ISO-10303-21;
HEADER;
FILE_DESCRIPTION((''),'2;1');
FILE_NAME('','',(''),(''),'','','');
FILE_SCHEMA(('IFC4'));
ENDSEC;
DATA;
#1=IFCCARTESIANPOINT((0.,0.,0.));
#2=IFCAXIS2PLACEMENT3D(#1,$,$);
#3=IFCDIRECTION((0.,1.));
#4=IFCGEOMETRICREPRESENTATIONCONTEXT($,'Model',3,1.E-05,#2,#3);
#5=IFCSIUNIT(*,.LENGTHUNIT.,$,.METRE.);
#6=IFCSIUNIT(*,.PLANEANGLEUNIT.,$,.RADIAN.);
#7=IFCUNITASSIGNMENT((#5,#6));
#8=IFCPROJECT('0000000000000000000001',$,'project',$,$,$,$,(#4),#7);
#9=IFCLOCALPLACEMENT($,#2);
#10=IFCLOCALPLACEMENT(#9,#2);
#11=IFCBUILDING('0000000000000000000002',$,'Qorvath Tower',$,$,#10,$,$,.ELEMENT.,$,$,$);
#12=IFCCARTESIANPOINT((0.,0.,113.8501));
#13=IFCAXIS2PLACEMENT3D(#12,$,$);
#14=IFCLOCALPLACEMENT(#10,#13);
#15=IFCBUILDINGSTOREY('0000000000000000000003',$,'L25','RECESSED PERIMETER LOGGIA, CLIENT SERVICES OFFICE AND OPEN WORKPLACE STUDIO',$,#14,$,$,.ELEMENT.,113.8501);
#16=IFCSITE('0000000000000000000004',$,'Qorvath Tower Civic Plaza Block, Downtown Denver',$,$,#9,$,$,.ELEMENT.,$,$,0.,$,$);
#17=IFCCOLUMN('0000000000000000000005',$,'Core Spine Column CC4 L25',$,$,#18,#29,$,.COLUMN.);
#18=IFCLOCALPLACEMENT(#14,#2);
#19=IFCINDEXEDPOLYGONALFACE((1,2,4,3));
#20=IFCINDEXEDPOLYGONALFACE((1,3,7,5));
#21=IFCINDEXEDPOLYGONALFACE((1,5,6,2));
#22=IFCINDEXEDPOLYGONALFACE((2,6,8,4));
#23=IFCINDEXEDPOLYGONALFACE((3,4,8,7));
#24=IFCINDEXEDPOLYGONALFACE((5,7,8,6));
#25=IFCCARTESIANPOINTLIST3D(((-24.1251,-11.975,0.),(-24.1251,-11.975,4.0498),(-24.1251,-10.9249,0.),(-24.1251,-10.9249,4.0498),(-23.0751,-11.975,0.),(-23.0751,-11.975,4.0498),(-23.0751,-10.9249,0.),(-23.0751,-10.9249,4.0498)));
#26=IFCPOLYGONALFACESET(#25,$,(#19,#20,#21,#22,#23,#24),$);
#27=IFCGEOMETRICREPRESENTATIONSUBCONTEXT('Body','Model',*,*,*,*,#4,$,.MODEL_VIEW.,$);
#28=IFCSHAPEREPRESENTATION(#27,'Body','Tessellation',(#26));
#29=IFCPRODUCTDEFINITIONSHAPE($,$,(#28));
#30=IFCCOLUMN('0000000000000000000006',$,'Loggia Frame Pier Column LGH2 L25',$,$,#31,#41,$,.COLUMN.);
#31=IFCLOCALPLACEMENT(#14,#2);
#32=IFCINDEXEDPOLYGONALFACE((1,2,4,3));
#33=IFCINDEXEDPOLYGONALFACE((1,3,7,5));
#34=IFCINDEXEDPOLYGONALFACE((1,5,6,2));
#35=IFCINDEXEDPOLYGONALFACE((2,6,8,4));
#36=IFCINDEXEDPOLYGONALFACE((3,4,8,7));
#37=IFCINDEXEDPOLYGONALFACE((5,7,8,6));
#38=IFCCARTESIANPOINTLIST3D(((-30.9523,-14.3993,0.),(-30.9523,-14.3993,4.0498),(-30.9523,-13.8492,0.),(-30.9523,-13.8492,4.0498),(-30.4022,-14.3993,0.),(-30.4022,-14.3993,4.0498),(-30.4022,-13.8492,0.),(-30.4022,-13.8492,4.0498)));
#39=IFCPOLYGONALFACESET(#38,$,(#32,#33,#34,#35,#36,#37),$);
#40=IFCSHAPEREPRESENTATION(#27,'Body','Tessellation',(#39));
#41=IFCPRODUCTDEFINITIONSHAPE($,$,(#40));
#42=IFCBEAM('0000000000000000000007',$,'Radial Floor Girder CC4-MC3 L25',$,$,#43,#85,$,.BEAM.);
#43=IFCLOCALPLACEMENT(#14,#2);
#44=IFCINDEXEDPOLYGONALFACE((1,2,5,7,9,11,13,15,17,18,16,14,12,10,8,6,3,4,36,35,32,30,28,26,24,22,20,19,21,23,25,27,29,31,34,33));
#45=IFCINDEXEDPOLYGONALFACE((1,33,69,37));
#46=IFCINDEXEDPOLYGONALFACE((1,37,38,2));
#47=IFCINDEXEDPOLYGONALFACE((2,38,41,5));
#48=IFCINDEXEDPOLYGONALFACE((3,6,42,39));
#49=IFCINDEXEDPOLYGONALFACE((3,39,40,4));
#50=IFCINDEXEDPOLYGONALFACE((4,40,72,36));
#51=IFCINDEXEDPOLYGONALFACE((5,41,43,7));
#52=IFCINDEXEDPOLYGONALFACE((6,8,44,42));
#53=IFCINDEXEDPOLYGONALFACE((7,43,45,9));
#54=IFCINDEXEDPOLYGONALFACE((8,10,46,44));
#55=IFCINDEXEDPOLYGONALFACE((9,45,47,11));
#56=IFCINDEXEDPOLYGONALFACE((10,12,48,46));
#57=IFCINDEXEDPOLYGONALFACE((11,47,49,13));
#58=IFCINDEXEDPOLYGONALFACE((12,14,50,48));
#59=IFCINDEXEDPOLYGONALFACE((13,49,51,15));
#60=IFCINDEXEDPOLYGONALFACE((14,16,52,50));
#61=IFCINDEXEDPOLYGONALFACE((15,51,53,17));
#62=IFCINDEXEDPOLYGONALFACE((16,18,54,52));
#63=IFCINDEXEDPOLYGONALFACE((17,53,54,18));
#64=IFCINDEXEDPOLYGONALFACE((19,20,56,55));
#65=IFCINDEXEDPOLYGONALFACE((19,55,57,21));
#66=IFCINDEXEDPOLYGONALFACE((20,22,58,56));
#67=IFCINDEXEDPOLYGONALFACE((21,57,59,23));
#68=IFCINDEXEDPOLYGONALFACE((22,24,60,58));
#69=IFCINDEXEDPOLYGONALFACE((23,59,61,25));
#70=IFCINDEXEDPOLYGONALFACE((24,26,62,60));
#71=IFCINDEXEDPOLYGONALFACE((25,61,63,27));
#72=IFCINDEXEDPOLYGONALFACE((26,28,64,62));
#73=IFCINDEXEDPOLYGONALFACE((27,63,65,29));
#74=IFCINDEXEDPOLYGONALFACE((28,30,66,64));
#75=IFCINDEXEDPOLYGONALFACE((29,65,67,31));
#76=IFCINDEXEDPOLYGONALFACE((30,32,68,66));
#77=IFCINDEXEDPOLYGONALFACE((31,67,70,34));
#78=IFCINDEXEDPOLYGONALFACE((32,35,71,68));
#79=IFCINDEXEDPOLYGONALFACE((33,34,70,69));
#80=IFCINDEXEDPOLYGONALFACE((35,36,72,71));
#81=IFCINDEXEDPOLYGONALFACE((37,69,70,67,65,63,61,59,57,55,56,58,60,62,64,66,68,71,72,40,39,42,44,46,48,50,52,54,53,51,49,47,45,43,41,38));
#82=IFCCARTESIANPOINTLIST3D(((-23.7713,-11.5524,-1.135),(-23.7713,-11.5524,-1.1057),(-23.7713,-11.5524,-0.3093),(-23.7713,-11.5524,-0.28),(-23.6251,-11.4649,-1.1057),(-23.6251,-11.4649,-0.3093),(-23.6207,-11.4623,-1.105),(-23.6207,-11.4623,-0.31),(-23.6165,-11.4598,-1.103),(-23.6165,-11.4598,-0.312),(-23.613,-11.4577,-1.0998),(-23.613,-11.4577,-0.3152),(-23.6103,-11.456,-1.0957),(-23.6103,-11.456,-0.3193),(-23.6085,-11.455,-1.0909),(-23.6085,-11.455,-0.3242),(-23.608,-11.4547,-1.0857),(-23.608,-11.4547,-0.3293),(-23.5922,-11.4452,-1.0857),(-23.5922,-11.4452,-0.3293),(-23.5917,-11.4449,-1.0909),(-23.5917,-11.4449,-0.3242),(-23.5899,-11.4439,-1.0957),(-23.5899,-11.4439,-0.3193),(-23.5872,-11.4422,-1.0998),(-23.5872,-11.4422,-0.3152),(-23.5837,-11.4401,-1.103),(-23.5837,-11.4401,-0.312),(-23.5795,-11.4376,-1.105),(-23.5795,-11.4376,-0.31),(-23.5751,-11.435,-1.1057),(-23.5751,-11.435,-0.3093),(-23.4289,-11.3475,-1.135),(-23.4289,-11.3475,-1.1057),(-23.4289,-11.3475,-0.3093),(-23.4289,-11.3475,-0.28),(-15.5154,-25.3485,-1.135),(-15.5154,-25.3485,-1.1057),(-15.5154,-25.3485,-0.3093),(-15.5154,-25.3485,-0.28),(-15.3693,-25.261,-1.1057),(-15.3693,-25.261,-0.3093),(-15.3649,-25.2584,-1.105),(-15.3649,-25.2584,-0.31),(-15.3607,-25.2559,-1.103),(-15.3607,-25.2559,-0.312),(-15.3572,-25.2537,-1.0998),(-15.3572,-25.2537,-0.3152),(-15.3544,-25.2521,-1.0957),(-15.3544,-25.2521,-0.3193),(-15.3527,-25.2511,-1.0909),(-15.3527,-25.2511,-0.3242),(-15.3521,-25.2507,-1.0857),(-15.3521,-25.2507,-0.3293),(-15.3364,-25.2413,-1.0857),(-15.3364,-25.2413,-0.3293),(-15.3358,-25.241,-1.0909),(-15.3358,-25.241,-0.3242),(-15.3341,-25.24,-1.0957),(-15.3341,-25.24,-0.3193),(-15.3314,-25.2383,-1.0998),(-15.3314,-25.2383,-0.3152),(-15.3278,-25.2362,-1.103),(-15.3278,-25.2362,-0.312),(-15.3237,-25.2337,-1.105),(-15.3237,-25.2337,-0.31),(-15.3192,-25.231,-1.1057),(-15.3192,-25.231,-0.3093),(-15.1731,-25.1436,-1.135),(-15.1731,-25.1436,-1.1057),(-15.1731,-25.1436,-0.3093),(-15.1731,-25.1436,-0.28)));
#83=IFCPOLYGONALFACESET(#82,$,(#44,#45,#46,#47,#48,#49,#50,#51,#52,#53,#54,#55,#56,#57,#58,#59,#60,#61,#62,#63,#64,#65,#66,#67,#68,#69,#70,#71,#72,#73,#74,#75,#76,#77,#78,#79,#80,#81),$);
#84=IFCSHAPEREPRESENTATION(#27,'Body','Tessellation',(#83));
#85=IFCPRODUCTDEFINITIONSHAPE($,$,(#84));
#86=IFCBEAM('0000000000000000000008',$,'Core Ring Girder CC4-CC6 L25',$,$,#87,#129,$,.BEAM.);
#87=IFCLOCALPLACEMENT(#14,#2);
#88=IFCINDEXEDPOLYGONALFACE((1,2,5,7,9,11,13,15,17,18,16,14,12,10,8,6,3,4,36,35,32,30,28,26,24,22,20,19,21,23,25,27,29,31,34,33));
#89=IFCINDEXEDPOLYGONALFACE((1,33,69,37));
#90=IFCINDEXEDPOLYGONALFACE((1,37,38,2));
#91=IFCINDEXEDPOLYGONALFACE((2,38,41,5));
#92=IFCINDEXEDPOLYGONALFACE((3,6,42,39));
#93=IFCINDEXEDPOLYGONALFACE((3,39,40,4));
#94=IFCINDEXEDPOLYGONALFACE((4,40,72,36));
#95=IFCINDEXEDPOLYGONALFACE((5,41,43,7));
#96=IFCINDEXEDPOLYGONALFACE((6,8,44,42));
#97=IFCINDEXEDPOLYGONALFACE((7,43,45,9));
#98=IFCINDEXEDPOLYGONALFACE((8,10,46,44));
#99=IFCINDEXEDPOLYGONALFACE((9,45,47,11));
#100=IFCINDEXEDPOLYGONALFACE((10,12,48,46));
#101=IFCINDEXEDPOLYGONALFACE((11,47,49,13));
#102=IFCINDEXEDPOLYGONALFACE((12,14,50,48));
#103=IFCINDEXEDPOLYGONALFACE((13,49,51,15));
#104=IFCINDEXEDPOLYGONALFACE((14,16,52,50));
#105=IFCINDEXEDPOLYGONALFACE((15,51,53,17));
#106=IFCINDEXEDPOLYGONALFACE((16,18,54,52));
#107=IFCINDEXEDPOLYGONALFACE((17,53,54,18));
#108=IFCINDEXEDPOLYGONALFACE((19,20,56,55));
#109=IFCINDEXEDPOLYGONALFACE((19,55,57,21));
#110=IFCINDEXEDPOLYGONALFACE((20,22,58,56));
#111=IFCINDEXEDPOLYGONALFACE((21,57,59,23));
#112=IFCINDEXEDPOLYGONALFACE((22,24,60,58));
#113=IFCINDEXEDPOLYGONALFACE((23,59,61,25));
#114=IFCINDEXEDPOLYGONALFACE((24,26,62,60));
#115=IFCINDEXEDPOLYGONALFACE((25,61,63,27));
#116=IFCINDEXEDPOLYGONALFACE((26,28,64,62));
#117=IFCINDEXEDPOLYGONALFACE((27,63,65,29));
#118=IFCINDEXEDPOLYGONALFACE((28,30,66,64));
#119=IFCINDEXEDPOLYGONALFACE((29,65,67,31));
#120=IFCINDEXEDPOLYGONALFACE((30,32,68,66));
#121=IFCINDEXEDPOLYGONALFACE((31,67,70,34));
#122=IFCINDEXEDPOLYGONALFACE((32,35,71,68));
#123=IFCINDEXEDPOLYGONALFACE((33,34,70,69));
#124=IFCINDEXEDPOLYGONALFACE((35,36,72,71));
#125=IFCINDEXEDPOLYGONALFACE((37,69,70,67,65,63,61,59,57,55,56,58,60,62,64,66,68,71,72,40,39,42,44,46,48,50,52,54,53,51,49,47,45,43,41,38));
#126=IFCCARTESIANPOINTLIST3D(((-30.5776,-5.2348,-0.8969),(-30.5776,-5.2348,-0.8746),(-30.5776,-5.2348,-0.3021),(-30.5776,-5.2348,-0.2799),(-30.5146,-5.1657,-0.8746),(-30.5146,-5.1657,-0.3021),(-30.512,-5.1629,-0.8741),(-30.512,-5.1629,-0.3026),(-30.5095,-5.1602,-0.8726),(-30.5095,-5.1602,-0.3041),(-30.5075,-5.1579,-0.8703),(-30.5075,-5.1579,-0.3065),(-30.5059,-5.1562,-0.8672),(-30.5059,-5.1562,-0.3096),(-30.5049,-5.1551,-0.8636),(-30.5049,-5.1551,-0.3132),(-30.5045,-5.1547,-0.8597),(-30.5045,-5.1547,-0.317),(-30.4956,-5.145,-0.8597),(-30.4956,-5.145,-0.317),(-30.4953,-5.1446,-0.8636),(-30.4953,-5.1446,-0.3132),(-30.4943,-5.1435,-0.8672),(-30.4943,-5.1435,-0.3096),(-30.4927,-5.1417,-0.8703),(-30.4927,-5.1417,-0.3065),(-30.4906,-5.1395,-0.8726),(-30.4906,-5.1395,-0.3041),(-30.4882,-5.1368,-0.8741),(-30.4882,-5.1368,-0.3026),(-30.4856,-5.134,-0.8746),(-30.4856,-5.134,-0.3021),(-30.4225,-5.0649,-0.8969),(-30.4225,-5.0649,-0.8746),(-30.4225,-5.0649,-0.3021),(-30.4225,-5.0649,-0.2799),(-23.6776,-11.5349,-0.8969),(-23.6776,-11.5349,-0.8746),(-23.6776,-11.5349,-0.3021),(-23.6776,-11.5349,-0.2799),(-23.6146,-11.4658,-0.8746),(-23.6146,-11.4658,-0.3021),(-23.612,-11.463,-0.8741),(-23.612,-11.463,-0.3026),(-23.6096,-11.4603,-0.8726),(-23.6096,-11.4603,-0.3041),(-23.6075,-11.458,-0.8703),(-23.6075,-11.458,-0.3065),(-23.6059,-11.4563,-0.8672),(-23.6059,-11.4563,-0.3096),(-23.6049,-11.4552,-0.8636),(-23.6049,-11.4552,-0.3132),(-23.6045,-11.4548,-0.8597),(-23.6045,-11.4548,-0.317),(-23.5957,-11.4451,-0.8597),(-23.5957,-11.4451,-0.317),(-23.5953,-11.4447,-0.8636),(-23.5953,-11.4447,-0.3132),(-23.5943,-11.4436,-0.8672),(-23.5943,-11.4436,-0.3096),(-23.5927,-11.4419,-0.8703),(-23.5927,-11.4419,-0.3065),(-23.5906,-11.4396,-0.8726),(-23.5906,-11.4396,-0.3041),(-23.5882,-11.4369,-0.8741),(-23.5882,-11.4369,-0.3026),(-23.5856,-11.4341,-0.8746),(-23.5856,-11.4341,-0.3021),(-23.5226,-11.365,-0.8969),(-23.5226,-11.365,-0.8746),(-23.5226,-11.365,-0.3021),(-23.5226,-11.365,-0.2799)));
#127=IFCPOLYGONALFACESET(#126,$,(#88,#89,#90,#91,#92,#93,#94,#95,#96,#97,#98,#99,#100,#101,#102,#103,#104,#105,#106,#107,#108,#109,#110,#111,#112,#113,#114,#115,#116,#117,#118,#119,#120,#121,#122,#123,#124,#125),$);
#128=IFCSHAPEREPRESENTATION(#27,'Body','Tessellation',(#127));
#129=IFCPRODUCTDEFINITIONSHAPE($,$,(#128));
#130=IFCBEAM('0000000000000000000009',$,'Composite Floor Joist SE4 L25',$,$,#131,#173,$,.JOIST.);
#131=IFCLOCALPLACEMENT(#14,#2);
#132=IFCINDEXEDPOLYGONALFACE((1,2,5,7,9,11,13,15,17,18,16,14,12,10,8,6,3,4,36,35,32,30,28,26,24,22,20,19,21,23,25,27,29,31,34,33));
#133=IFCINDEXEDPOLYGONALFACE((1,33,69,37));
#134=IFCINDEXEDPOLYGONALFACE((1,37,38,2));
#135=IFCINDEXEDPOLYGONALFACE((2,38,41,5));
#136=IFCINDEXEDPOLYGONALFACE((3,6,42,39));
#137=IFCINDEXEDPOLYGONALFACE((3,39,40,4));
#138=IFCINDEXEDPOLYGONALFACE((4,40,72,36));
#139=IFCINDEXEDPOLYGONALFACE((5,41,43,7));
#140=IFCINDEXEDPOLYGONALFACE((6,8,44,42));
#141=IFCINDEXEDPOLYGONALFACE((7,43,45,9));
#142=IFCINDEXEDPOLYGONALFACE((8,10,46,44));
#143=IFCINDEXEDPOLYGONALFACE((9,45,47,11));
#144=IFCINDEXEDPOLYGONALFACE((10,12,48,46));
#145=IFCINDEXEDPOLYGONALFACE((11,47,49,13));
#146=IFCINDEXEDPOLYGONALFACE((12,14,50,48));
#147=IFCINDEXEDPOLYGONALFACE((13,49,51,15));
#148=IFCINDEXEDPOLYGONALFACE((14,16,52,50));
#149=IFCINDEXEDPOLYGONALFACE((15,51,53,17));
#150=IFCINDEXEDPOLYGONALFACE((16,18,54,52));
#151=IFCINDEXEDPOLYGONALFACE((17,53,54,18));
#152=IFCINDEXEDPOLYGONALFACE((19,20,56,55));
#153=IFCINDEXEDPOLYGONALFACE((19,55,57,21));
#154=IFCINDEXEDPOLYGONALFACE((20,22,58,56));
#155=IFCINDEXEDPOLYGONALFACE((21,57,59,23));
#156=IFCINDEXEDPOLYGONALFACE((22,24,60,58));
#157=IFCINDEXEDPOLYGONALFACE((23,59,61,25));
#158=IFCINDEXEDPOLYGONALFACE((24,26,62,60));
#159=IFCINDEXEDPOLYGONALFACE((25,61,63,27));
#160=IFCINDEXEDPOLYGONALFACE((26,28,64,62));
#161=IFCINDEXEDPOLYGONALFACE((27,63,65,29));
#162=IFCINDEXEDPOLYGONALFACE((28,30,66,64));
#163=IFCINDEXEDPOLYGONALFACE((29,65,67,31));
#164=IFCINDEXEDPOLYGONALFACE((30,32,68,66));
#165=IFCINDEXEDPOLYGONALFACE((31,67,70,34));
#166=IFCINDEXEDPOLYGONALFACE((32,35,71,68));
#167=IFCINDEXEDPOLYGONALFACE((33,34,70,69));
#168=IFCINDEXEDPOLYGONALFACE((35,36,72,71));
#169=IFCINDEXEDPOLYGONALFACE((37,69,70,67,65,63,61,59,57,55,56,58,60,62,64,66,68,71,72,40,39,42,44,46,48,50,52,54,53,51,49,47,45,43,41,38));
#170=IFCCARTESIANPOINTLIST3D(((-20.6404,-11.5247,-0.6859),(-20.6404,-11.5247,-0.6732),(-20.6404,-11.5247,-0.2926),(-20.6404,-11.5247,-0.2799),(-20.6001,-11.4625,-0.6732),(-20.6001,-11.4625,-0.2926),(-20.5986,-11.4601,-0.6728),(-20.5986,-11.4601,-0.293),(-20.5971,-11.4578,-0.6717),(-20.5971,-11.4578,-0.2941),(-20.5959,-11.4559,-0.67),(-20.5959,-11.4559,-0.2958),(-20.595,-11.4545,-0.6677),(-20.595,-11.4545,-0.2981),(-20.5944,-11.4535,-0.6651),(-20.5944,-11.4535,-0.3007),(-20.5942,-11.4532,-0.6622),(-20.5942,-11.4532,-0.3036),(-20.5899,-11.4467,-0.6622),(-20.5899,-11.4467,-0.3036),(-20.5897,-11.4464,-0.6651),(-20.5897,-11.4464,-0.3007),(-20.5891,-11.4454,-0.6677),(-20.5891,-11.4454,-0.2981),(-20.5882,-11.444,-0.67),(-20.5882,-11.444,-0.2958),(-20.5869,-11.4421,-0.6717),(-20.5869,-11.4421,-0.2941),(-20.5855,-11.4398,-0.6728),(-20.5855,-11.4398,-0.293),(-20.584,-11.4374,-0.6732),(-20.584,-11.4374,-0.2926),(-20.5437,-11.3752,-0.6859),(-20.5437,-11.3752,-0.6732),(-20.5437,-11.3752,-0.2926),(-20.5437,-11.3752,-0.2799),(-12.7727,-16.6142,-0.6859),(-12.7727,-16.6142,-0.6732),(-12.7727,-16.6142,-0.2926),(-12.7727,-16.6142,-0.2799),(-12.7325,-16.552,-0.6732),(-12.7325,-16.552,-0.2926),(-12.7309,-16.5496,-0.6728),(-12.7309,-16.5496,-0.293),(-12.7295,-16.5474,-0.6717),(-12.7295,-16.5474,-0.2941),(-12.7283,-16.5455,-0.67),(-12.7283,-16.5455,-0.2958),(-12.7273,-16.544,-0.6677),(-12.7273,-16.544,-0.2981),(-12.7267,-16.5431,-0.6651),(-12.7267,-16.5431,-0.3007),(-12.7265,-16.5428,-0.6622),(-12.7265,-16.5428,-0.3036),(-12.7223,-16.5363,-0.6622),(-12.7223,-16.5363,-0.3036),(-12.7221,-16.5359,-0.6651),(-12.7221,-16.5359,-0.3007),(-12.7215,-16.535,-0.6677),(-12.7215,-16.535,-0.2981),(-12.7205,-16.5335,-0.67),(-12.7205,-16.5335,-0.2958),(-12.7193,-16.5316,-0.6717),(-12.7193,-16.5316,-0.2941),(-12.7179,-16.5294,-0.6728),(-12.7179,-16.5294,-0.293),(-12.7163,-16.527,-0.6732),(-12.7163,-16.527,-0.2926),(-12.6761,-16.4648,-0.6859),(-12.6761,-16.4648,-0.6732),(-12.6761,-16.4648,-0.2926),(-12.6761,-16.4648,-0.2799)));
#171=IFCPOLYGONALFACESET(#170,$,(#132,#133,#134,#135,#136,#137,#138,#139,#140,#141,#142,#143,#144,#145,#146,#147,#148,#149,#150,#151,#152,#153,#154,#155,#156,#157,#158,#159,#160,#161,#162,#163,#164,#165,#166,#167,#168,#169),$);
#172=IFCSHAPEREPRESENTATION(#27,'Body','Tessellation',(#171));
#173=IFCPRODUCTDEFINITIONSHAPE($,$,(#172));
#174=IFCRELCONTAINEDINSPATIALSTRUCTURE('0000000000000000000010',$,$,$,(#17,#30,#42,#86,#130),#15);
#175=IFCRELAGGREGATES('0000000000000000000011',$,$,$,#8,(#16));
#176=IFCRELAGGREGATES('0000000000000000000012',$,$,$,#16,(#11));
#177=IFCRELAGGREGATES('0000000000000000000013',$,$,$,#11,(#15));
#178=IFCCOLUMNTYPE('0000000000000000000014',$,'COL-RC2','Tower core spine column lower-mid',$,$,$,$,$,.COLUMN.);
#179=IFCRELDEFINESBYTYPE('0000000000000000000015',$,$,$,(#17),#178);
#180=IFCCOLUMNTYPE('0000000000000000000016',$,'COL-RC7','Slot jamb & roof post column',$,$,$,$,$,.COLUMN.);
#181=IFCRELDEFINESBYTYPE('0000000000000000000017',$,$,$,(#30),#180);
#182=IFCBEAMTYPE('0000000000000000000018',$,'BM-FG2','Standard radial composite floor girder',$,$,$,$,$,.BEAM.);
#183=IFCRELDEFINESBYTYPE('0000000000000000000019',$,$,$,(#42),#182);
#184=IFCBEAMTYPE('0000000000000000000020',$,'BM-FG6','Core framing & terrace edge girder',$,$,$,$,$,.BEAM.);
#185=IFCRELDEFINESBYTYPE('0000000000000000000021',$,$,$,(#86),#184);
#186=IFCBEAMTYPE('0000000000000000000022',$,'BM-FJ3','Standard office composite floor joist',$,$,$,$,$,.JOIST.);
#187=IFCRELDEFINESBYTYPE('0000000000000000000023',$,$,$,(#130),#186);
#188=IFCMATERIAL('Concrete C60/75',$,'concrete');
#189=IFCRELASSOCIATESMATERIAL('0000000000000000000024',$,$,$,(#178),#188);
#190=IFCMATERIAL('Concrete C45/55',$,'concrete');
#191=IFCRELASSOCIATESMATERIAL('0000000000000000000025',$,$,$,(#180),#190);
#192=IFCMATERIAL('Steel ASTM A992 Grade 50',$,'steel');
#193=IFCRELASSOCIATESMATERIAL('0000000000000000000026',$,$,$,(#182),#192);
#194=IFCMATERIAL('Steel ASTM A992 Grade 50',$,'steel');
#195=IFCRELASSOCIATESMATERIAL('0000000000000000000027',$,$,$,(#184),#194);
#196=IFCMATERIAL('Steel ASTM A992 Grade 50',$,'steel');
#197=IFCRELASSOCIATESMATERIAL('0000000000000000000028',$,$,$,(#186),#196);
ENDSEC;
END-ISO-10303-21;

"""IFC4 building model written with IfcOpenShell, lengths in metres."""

from ifc_helpers import new_model, si_unit, direction, frame, origin, origin_2d, place, context, subcontext, project, spatial, rectangle, i_section, extrude, material, material_profile, profile_set, type_object, element, save


model = new_model("IFC4")

# Units and contexts
model_context = context("Model", 3, precision=1e-05, world=origin(), true_north=direction((0.0, 1.0)))
body_context = subcontext(model_context, "Body", "Model", "MODEL_VIEW")
ifc_project = project(units=[si_unit("LENGTHUNIT", "METRE"), si_unit("PLANEANGLEUNIT", "RADIAN")], contexts=[model_context])

# Site, building, storey
site_placement = place(None, origin())
site = spatial("IfcSite", under=ifc_project, at=site_placement, Name="Qorvath Tower Civic Plaza Block, Downtown Denver", CompositionType="ELEMENT", RefElevation=0.0)
building_placement = place(site_placement, origin())
building = spatial("IfcBuilding", under=site, at=building_placement, Name="Qorvath Tower", CompositionType="ELEMENT")
storey_placement = place(building_placement, frame((0.0, 0.0, 113.8501)))
storey = spatial("IfcBuildingStorey", under=building, at=storey_placement, Name="L25", Description="RECESSED PERIMETER LOGGIA, CLIENT SERVICES OFFICE AND OPEN WORKPLACE STUDIO", CompositionType="ELEMENT", Elevation=113.8501)

# Columns
ifc_material_1 = material(Name="Concrete C60/75", Category="concrete")
ifc_material_profile_1 = material_profile(ifc_material_1, rectangle(XDim=1.05, YDim=1.05, at=origin_2d()), Name="RC 1050x1050")
ifc_profile_set_1 = profile_set([ifc_material_profile_1], Name="Concrete C60/75")
column_type_1 = type_object("IfcColumnType", Name="COL-RC2", Description="Tower core spine column lower-mid", PredefinedType="COLUMN", material=ifc_profile_set_1)
column_1_placement = place(storey_placement, frame((-23.6001, -11.45, 0.0), z_axis=(0.0, 0.0, 1.0), x_axis=(1.0, 0.0, 0.0)))
element("IfcColumn", 1, at=column_1_placement, inside=storey, type_object=column_type_1, Name="Core Spine Column CC4 L25", PredefinedType="COLUMN", context=body_context, shape_type="SweptSolid", body=[
    extrude(rectangle(XDim=1.05, YDim=1.05, at=origin_2d()), origin(), (0.0, 0.0, 1.0), 4.0498),
])
ifc_material_2 = material(Name="Concrete C45/55", Category="concrete")
ifc_material_profile_2 = material_profile(ifc_material_2, rectangle(XDim=0.55, YDim=0.55, at=origin_2d()), Name="RC 550x550")
ifc_profile_set_2 = profile_set([ifc_material_profile_2], Name="Concrete C45/55")
column_type_2 = type_object("IfcColumnType", Name="COL-RC7", Description="Slot jamb & roof post column", PredefinedType="COLUMN", material=ifc_profile_set_2)
column_2_placement = place(storey_placement, frame((-30.6772, -14.1243, 0.0), z_axis=(0.0, 0.0, 1.0), x_axis=(1.0, 0.0, 0.0)))
element("IfcColumn", 2, at=column_2_placement, inside=storey, type_object=column_type_2, Name="Loggia Frame Pier Column LGH2 L25", PredefinedType="COLUMN", context=body_context, shape_type="SweptSolid", body=[
    extrude(rectangle(XDim=0.55, YDim=0.55, at=origin_2d()), origin(), (0.0, 0.0, 1.0), 4.0498),
])

# Beams
ifc_material_3 = material(Name="Steel ASTM A992 Grade 50", Category="steel")
ifc_material_profile_3 = material_profile(ifc_material_3, i_section(OverallWidth=0.3989, OverallDepth=0.855, WebThickness=0.0183, FlangeThickness=0.0293, FilletRadius=0.02, at=origin_2d()), Name="W33x201")
ifc_profile_set_3 = profile_set([ifc_material_profile_3], Name="Steel ASTM A992 Grade 50")
beam_type_1 = type_object("IfcBeamType", Name="BM-FG2", Description="Standard radial composite floor girder", PredefinedType="BEAM", material=ifc_profile_set_3)
beam_1_placement = place(storey_placement, frame((-23.6001, -11.45, -0.7075), z_axis=(0.513497, -0.858091, 0.0), x_axis=(0.858091, 0.513497, 0.0)))
element("IfcBeam", 3, at=beam_1_placement, inside=storey, type_object=beam_type_1, Name="Radial Floor Girder CC4-MC3 L25", PredefinedType="BEAM", context=body_context, shape_type="SweptSolid", body=[
    extrude(i_section(OverallWidth=0.3989, OverallDepth=0.855, WebThickness=0.0183, FlangeThickness=0.0293, FilletRadius=0.02, at=origin_2d()), origin(), (0.0, 0.0, 1.0), 16.0776),
])
ifc_material_4 = material(Name="Steel ASTM A992 Grade 50", Category="steel")
ifc_material_profile_4 = material_profile(ifc_material_4, i_section(OverallWidth=0.23, OverallDepth=0.6169, WebThickness=0.0132, FlangeThickness=0.0222, FilletRadius=0.0149, at=origin_2d()), Name="W24x94")
ifc_profile_set_4 = profile_set([ifc_material_profile_4], Name="Steel ASTM A992 Grade 50")
beam_type_2 = type_object("IfcBeamType", Name="BM-FG6", Description="Core framing & terrace edge girder", PredefinedType="BEAM", material=ifc_profile_set_4)
beam_2_placement = place(storey_placement, frame((-23.6001, -11.45, -0.5884), z_axis=(-0.738478, 0.674277, 0.0), x_axis=(-0.674277, -0.738478, 0.0)))
element("IfcBeam", 4, at=beam_2_placement, inside=storey, type_object=beam_type_2, Name="Core Ring Girder CC4-CC6 L25", PredefinedType="BEAM", context=body_context, shape_type="SweptSolid", body=[
    extrude(i_section(OverallWidth=0.23, OverallDepth=0.6169, WebThickness=0.0132, FlangeThickness=0.0222, FilletRadius=0.0149, at=origin_2d()), origin(), (0.0, 0.0, 1.0), 9.3435),
])
ifc_material_5 = material(Name="Steel ASTM A992 Grade 50", Category="steel")
ifc_material_profile_5 = material_profile(ifc_material_5, i_section(OverallWidth=0.178, OverallDepth=0.406, WebThickness=0.0078, FlangeThickness=0.0127, FilletRadius=0.011, at=origin_2d()), Name="W16x40")
ifc_profile_set_5 = profile_set([ifc_material_profile_5], Name="Steel ASTM A992 Grade 50")
beam_type_3 = type_object("IfcBeamType", Name="BM-FJ3", Description="Standard office composite floor joist", PredefinedType="JOIST", material=ifc_profile_set_5)
beam_3_placement = place(storey_placement, frame((-20.592, -11.45, -0.4829), z_axis=(0.839631, -0.543157, 0.0), x_axis=(0.543157, 0.839631, 0.0)))
element("IfcBeam", 5, at=beam_3_placement, inside=storey, type_object=beam_type_3, Name="Composite Floor Joist SE4 L25", PredefinedType="JOIST", context=body_context, shape_type="SweptSolid", body=[
    extrude(i_section(OverallWidth=0.178, OverallDepth=0.406, WebThickness=0.0078, FlangeThickness=0.0127, FilletRadius=0.011, at=origin_2d()), origin(), (0.0, 0.0, 1.0), 9.3704),
])

save(model, "model.ifc")
